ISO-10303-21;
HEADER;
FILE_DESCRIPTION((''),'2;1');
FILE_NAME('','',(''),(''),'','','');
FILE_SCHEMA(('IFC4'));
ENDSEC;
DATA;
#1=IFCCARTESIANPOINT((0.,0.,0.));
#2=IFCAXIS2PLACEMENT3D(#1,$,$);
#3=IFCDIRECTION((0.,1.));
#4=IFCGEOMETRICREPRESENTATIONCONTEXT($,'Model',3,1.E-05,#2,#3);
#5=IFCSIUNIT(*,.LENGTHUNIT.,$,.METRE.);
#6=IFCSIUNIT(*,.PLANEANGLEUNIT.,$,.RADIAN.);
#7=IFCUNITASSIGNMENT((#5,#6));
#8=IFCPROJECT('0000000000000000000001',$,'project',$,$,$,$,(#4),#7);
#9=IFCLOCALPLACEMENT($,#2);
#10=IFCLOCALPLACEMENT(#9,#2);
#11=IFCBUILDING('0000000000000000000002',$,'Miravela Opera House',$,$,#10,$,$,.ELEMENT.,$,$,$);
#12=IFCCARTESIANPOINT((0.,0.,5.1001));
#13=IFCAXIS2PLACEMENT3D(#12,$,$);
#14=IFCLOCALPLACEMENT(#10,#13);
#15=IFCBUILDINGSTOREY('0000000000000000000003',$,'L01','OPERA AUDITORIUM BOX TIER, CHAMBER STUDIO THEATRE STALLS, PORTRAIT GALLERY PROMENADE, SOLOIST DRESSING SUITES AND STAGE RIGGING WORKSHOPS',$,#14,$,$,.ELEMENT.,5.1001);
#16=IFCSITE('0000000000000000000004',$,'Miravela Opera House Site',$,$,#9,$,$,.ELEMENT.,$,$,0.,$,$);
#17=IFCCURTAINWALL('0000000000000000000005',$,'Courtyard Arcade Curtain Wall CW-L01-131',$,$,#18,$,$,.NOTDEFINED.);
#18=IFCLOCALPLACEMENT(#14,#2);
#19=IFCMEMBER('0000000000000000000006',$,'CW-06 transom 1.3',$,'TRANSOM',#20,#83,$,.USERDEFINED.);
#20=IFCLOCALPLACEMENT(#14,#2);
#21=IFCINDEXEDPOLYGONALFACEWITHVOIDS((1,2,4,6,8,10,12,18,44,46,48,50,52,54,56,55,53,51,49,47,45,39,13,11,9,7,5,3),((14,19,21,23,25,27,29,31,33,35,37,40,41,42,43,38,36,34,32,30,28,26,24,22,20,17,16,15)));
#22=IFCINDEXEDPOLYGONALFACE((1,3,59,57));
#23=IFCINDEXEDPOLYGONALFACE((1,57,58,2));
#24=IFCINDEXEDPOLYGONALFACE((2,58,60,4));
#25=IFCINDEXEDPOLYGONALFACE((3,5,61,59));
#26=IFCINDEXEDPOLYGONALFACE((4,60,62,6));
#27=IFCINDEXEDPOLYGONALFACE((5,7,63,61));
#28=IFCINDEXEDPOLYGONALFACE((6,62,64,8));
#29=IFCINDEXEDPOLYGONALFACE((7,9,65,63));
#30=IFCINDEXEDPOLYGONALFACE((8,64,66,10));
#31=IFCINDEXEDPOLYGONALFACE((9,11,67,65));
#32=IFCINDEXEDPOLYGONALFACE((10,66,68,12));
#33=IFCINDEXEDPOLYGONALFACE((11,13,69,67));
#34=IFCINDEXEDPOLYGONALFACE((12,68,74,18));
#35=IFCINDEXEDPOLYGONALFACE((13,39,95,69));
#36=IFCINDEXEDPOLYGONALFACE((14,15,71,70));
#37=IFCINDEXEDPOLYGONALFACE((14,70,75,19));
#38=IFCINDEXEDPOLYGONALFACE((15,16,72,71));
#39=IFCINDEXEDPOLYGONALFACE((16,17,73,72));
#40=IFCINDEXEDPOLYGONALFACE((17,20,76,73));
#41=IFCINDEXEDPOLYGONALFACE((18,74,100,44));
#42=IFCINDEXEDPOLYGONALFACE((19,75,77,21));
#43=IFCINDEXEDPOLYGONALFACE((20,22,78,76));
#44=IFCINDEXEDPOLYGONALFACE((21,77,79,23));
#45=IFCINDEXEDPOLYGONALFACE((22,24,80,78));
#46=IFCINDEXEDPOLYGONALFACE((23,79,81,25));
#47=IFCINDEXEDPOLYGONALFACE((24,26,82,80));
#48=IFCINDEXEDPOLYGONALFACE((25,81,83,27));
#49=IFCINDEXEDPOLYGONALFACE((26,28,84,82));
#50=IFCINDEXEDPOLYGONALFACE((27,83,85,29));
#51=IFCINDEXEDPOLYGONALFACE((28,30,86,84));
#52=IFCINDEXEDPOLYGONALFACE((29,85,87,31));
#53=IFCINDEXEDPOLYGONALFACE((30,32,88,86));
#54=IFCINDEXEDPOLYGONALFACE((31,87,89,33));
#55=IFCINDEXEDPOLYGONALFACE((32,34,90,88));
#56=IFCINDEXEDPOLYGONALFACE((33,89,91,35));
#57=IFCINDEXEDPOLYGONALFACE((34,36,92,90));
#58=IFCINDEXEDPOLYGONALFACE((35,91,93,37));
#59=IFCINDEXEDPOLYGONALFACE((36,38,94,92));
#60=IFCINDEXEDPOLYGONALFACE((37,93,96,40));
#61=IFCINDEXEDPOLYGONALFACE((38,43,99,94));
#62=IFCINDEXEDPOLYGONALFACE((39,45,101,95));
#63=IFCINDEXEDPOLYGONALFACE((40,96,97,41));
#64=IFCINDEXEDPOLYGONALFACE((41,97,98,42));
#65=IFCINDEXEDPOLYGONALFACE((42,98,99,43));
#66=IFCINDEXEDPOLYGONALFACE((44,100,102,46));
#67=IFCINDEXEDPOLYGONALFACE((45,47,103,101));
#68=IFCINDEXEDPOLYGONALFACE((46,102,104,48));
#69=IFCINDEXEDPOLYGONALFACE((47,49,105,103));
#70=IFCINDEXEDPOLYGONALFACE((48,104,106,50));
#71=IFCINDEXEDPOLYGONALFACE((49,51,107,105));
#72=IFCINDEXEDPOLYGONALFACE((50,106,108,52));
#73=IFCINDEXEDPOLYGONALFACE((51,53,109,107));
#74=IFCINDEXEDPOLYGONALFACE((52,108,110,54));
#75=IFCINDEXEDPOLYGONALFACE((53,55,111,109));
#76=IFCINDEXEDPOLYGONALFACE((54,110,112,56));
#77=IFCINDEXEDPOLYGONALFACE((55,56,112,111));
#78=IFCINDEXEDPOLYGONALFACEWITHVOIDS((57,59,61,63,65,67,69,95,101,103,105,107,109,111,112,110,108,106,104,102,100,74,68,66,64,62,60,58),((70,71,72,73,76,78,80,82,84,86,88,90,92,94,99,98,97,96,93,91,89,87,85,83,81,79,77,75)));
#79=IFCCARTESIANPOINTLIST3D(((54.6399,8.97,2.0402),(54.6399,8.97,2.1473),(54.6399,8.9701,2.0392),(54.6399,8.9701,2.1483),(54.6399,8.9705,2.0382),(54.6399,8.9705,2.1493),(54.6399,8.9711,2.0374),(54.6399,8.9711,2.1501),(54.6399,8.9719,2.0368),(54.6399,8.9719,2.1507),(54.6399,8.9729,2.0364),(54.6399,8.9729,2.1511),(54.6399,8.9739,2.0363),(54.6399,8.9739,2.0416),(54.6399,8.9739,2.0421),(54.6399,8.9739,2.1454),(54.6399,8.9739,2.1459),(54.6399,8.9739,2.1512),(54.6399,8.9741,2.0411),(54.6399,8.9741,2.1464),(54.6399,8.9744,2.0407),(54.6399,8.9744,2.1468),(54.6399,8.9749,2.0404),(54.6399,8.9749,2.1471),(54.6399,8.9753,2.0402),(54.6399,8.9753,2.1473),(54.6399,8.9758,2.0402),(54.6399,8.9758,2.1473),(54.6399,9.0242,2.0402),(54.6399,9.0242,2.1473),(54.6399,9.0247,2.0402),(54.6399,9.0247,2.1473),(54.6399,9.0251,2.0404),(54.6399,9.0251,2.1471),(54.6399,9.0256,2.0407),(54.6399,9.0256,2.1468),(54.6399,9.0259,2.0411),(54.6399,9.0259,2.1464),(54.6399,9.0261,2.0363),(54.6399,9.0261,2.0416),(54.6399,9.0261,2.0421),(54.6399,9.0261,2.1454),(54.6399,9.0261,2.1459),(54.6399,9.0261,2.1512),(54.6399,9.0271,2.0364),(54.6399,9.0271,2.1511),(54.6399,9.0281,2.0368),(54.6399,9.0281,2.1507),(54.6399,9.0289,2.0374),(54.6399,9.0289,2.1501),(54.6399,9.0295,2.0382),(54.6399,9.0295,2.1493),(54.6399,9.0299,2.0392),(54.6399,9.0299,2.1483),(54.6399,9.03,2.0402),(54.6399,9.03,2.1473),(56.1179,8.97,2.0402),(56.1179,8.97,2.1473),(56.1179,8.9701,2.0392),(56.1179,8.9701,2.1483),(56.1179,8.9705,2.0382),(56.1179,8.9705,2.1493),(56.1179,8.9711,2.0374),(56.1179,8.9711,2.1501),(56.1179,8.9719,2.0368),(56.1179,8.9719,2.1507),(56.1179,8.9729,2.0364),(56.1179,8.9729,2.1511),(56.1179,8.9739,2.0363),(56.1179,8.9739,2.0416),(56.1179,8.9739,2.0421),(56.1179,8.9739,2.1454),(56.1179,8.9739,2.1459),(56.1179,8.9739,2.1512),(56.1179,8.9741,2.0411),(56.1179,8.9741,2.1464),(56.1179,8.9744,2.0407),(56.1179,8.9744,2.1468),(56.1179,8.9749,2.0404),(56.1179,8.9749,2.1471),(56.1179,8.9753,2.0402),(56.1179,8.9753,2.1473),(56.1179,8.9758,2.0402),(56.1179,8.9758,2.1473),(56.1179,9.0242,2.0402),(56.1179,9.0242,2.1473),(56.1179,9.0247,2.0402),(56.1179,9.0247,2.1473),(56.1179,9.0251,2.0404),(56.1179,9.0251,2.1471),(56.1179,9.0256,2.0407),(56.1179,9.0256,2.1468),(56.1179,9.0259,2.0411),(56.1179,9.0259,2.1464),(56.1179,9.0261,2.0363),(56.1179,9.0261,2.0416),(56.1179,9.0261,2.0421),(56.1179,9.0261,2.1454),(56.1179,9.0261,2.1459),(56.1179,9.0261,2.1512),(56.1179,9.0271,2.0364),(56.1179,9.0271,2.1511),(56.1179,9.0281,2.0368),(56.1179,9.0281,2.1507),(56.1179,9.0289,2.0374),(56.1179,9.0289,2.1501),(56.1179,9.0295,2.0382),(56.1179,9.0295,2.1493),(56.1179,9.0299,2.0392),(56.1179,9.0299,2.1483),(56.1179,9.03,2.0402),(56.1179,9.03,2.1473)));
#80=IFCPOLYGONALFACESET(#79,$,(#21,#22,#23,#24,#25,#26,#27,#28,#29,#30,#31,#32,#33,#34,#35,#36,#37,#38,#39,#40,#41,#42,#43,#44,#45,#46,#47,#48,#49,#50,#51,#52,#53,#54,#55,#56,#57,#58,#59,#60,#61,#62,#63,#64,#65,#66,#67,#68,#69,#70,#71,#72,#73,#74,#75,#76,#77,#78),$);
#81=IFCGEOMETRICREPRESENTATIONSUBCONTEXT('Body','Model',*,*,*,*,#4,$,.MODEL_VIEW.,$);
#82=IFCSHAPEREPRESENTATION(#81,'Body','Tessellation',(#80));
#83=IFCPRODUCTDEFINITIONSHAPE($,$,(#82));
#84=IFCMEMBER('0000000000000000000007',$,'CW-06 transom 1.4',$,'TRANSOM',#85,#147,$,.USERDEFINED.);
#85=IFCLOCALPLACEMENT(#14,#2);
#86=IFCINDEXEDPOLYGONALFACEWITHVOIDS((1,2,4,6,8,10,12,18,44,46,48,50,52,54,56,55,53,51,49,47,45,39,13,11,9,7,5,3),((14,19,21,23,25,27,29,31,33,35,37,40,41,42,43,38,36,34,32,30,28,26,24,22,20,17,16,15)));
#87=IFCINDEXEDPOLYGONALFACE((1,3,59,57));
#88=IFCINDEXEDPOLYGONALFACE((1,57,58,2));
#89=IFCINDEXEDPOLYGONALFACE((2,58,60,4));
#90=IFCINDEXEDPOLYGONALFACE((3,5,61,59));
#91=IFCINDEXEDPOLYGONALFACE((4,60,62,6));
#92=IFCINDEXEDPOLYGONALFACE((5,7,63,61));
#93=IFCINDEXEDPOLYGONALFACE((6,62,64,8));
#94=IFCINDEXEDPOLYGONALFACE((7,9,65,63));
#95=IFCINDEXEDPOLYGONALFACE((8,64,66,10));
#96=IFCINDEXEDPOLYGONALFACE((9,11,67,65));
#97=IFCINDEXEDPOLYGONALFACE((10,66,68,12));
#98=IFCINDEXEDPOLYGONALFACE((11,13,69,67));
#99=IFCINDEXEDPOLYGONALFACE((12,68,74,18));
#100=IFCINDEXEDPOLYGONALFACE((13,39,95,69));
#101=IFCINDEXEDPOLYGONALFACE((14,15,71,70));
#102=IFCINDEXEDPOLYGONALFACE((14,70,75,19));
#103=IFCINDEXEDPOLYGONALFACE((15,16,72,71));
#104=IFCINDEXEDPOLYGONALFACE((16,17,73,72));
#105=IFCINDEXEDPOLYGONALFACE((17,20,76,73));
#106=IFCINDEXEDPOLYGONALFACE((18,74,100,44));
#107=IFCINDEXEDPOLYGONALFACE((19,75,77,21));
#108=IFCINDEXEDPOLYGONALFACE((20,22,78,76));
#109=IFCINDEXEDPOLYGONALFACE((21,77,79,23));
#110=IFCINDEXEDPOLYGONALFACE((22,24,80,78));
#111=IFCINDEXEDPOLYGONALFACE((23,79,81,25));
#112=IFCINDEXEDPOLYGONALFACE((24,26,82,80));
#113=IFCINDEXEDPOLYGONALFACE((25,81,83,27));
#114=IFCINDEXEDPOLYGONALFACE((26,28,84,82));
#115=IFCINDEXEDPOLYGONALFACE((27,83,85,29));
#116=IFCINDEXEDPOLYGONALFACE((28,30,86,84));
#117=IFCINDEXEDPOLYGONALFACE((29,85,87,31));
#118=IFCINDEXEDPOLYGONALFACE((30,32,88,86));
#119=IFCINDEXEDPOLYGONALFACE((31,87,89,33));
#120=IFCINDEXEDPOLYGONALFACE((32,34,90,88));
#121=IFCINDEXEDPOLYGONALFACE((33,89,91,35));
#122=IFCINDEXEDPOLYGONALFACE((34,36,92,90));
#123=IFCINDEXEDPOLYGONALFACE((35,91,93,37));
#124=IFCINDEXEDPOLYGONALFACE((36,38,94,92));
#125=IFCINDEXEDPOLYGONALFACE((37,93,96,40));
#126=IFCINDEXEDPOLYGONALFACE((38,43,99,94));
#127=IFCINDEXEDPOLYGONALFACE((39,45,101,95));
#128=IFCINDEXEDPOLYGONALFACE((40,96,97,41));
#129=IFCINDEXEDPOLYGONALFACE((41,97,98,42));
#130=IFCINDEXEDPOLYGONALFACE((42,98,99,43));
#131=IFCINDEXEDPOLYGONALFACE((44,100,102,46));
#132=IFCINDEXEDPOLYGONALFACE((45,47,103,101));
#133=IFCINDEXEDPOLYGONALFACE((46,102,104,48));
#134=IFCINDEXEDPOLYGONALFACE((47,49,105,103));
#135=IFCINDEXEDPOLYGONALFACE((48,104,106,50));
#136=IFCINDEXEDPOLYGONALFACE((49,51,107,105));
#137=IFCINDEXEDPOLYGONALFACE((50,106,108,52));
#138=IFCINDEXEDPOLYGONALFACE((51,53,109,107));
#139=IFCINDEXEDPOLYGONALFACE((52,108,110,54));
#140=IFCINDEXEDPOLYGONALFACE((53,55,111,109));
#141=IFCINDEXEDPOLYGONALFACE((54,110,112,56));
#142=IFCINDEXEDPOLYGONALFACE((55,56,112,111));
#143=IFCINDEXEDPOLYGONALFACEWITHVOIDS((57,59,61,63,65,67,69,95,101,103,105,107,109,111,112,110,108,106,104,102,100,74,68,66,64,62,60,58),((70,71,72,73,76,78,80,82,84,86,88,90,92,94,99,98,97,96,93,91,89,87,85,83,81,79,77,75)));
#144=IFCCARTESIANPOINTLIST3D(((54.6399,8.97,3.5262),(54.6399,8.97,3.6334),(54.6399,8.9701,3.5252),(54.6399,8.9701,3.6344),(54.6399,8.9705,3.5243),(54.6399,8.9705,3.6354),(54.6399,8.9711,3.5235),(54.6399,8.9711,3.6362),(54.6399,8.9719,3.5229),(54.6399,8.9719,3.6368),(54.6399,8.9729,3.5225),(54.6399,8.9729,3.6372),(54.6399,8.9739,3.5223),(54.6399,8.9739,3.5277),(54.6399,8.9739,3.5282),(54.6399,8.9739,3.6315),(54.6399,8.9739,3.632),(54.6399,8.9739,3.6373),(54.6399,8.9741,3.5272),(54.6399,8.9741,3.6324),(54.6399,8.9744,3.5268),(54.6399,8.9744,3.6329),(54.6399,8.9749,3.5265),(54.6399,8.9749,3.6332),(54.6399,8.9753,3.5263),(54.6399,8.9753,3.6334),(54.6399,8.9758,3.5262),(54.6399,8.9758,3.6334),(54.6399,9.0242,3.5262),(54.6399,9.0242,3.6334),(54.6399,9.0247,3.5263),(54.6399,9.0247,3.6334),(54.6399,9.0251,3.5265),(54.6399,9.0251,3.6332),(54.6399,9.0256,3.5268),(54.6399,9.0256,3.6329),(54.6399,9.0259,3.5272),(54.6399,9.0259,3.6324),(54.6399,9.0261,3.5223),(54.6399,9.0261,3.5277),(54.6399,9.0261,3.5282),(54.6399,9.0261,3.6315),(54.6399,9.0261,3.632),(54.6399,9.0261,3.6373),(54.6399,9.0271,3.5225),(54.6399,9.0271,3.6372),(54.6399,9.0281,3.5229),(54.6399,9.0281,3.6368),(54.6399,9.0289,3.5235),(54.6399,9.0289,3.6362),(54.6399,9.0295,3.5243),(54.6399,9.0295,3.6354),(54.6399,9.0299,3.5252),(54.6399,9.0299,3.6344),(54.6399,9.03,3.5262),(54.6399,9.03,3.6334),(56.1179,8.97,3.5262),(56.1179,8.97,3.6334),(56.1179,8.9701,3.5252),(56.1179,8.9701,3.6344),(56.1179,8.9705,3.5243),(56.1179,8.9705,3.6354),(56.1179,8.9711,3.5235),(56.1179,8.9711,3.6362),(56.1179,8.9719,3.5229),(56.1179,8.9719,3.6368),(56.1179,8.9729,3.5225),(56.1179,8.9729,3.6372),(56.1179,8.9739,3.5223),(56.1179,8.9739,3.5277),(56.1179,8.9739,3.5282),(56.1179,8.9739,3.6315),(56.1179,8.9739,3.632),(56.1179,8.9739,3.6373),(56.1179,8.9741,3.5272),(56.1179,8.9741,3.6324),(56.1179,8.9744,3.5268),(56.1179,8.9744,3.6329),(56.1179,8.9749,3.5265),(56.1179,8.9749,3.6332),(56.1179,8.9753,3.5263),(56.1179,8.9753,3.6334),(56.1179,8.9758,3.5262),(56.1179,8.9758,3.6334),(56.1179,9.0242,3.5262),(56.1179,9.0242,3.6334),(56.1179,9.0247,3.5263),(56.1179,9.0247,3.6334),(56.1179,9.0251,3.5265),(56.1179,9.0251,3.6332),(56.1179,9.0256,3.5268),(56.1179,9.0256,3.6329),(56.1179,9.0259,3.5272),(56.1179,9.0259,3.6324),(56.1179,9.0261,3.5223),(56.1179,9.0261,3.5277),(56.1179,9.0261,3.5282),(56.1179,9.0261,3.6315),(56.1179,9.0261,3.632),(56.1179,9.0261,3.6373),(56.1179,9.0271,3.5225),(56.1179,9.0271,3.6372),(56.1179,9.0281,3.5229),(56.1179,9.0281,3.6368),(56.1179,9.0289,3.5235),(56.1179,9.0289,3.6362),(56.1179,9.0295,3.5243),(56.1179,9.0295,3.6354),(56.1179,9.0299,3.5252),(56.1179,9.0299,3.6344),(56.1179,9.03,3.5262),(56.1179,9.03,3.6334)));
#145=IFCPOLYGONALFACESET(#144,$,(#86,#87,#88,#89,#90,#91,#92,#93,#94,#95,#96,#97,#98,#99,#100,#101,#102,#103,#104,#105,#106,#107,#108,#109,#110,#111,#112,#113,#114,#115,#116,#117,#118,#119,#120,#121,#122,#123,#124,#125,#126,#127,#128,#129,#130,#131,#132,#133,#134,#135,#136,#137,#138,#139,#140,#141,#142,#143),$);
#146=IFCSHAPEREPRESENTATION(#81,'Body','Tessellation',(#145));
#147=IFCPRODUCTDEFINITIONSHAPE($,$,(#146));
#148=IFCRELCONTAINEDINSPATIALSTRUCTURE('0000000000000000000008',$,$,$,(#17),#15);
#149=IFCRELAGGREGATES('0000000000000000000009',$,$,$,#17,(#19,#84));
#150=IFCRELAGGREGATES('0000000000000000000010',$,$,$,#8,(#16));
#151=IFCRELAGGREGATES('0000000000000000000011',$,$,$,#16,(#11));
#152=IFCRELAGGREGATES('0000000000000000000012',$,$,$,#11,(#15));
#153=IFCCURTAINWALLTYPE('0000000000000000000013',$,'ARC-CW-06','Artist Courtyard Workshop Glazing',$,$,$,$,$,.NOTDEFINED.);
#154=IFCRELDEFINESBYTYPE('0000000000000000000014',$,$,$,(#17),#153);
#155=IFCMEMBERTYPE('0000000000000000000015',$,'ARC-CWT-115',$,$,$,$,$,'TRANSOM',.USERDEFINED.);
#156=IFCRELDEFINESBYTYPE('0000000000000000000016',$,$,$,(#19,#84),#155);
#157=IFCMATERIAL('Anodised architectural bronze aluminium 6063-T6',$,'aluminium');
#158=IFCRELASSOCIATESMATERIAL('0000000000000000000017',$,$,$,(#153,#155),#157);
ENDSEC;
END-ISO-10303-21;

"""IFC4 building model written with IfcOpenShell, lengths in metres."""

from ifc_helpers import new_model, si_unit, direction, frame, origin, origin_2d, place, context, subcontext, project, spatial, hollow_rectangle, extrude, material, material_profile, profile_set, type_object, element, aggregate, save


model = new_model("IFC4")

# Units and contexts
model_context = context("Model", 3, precision=1e-05, world=origin(), true_north=direction((0.0, 1.0)))
body_context = subcontext(model_context, "Body", "Model", "MODEL_VIEW")
ifc_project = project(units=[si_unit("LENGTHUNIT", "METRE"), si_unit("PLANEANGLEUNIT", "RADIAN")], contexts=[model_context])

# Site, building, storey
site_placement = place(None, origin())
site = spatial("IfcSite", under=ifc_project, at=site_placement, Name="Miravela Opera House Site", CompositionType="ELEMENT", RefElevation=0.0)
building_placement = place(site_placement, origin())
building = spatial("IfcBuilding", under=site, at=building_placement, Name="Miravela Opera House", CompositionType="ELEMENT")
storey_placement = place(building_placement, frame((0.0, 0.0, 5.1001)))
storey = spatial("IfcBuildingStorey", under=building, at=storey_placement, Name="L01", Description="OPERA AUDITORIUM BOX TIER, CHAMBER STUDIO THEATRE STALLS, PORTRAIT GALLERY PROMENADE, SOLOIST DRESSING SUITES AND STAGE RIGGING WORKSHOPS", CompositionType="ELEMENT", Elevation=5.1001)

# Shared definitions
ifc_material_1 = material(Name="Anodised architectural bronze aluminium 6063-T6", Category="aluminium")
curtain_wall_type = type_object("IfcCurtainWallType", Name="ARC-CW-06", Description="Artist Courtyard Workshop Glazing", PredefinedType="NOTDEFINED", material=ifc_material_1)

# Curtain wall, members
curtain_wall_1_placement = place(storey_placement, origin())
curtain_wall_1 = element("IfcCurtainWall", 1, at=curtain_wall_1_placement, inside=storey, type_object=curtain_wall_type, Name="Courtyard Arcade Curtain Wall CW-L01-131", PredefinedType="NOTDEFINED")
ifc_material_profile_1 = material_profile(ifc_material_1, hollow_rectangle(XDim=0.0601, YDim=0.115, WallThickness=0.0039, InnerFilletRadius=0.002, OuterFilletRadius=0.0039, at=origin_2d()), Name="CWT-60X115")
ifc_profile_set_1 = profile_set([ifc_material_profile_1])
member_type_1 = type_object("IfcMemberType", Name="ARC-CWT-115", ElementType="TRANSOM", PredefinedType="USERDEFINED", material=ifc_profile_set_1)
member_1_placement = place(storey_placement, frame((54.6399, 9.0, 2.0938), z_axis=(1.0, 0.0, 0.0), x_axis=(0.0, 1.0, 0.0)))
member_1 = element("IfcMember", 2, at=member_1_placement, type_object=member_type_1, Name="CW-06 transom 1.3", ObjectType="TRANSOM", PredefinedType="USERDEFINED", context=body_context, shape_type="SweptSolid", body=[
    extrude(hollow_rectangle(XDim=0.0601, YDim=0.115, WallThickness=0.0039, InnerFilletRadius=0.002, OuterFilletRadius=0.0039, at=origin_2d()), origin(), (0.0, 0.0, 1.0), 1.478),
])
member_2_placement = place(storey_placement, frame((54.6399, 9.0, 3.5798), z_axis=(1.0, 0.0, 0.0), x_axis=(0.0, 1.0, 0.0)))
member_2 = element("IfcMember", 3, at=member_2_placement, type_object=member_type_1, Name="CW-06 transom 1.4", ObjectType="TRANSOM", PredefinedType="USERDEFINED", context=body_context, shape_type="SweptSolid", body=[
    extrude(hollow_rectangle(XDim=0.0601, YDim=0.115, WallThickness=0.0039, InnerFilletRadius=0.002, OuterFilletRadius=0.0039, at=origin_2d()), origin(), (0.0, 0.0, 1.0), 1.478),
])

aggregate(curtain_wall_1, [member_1, member_2])

save(model, "model.ifc")
